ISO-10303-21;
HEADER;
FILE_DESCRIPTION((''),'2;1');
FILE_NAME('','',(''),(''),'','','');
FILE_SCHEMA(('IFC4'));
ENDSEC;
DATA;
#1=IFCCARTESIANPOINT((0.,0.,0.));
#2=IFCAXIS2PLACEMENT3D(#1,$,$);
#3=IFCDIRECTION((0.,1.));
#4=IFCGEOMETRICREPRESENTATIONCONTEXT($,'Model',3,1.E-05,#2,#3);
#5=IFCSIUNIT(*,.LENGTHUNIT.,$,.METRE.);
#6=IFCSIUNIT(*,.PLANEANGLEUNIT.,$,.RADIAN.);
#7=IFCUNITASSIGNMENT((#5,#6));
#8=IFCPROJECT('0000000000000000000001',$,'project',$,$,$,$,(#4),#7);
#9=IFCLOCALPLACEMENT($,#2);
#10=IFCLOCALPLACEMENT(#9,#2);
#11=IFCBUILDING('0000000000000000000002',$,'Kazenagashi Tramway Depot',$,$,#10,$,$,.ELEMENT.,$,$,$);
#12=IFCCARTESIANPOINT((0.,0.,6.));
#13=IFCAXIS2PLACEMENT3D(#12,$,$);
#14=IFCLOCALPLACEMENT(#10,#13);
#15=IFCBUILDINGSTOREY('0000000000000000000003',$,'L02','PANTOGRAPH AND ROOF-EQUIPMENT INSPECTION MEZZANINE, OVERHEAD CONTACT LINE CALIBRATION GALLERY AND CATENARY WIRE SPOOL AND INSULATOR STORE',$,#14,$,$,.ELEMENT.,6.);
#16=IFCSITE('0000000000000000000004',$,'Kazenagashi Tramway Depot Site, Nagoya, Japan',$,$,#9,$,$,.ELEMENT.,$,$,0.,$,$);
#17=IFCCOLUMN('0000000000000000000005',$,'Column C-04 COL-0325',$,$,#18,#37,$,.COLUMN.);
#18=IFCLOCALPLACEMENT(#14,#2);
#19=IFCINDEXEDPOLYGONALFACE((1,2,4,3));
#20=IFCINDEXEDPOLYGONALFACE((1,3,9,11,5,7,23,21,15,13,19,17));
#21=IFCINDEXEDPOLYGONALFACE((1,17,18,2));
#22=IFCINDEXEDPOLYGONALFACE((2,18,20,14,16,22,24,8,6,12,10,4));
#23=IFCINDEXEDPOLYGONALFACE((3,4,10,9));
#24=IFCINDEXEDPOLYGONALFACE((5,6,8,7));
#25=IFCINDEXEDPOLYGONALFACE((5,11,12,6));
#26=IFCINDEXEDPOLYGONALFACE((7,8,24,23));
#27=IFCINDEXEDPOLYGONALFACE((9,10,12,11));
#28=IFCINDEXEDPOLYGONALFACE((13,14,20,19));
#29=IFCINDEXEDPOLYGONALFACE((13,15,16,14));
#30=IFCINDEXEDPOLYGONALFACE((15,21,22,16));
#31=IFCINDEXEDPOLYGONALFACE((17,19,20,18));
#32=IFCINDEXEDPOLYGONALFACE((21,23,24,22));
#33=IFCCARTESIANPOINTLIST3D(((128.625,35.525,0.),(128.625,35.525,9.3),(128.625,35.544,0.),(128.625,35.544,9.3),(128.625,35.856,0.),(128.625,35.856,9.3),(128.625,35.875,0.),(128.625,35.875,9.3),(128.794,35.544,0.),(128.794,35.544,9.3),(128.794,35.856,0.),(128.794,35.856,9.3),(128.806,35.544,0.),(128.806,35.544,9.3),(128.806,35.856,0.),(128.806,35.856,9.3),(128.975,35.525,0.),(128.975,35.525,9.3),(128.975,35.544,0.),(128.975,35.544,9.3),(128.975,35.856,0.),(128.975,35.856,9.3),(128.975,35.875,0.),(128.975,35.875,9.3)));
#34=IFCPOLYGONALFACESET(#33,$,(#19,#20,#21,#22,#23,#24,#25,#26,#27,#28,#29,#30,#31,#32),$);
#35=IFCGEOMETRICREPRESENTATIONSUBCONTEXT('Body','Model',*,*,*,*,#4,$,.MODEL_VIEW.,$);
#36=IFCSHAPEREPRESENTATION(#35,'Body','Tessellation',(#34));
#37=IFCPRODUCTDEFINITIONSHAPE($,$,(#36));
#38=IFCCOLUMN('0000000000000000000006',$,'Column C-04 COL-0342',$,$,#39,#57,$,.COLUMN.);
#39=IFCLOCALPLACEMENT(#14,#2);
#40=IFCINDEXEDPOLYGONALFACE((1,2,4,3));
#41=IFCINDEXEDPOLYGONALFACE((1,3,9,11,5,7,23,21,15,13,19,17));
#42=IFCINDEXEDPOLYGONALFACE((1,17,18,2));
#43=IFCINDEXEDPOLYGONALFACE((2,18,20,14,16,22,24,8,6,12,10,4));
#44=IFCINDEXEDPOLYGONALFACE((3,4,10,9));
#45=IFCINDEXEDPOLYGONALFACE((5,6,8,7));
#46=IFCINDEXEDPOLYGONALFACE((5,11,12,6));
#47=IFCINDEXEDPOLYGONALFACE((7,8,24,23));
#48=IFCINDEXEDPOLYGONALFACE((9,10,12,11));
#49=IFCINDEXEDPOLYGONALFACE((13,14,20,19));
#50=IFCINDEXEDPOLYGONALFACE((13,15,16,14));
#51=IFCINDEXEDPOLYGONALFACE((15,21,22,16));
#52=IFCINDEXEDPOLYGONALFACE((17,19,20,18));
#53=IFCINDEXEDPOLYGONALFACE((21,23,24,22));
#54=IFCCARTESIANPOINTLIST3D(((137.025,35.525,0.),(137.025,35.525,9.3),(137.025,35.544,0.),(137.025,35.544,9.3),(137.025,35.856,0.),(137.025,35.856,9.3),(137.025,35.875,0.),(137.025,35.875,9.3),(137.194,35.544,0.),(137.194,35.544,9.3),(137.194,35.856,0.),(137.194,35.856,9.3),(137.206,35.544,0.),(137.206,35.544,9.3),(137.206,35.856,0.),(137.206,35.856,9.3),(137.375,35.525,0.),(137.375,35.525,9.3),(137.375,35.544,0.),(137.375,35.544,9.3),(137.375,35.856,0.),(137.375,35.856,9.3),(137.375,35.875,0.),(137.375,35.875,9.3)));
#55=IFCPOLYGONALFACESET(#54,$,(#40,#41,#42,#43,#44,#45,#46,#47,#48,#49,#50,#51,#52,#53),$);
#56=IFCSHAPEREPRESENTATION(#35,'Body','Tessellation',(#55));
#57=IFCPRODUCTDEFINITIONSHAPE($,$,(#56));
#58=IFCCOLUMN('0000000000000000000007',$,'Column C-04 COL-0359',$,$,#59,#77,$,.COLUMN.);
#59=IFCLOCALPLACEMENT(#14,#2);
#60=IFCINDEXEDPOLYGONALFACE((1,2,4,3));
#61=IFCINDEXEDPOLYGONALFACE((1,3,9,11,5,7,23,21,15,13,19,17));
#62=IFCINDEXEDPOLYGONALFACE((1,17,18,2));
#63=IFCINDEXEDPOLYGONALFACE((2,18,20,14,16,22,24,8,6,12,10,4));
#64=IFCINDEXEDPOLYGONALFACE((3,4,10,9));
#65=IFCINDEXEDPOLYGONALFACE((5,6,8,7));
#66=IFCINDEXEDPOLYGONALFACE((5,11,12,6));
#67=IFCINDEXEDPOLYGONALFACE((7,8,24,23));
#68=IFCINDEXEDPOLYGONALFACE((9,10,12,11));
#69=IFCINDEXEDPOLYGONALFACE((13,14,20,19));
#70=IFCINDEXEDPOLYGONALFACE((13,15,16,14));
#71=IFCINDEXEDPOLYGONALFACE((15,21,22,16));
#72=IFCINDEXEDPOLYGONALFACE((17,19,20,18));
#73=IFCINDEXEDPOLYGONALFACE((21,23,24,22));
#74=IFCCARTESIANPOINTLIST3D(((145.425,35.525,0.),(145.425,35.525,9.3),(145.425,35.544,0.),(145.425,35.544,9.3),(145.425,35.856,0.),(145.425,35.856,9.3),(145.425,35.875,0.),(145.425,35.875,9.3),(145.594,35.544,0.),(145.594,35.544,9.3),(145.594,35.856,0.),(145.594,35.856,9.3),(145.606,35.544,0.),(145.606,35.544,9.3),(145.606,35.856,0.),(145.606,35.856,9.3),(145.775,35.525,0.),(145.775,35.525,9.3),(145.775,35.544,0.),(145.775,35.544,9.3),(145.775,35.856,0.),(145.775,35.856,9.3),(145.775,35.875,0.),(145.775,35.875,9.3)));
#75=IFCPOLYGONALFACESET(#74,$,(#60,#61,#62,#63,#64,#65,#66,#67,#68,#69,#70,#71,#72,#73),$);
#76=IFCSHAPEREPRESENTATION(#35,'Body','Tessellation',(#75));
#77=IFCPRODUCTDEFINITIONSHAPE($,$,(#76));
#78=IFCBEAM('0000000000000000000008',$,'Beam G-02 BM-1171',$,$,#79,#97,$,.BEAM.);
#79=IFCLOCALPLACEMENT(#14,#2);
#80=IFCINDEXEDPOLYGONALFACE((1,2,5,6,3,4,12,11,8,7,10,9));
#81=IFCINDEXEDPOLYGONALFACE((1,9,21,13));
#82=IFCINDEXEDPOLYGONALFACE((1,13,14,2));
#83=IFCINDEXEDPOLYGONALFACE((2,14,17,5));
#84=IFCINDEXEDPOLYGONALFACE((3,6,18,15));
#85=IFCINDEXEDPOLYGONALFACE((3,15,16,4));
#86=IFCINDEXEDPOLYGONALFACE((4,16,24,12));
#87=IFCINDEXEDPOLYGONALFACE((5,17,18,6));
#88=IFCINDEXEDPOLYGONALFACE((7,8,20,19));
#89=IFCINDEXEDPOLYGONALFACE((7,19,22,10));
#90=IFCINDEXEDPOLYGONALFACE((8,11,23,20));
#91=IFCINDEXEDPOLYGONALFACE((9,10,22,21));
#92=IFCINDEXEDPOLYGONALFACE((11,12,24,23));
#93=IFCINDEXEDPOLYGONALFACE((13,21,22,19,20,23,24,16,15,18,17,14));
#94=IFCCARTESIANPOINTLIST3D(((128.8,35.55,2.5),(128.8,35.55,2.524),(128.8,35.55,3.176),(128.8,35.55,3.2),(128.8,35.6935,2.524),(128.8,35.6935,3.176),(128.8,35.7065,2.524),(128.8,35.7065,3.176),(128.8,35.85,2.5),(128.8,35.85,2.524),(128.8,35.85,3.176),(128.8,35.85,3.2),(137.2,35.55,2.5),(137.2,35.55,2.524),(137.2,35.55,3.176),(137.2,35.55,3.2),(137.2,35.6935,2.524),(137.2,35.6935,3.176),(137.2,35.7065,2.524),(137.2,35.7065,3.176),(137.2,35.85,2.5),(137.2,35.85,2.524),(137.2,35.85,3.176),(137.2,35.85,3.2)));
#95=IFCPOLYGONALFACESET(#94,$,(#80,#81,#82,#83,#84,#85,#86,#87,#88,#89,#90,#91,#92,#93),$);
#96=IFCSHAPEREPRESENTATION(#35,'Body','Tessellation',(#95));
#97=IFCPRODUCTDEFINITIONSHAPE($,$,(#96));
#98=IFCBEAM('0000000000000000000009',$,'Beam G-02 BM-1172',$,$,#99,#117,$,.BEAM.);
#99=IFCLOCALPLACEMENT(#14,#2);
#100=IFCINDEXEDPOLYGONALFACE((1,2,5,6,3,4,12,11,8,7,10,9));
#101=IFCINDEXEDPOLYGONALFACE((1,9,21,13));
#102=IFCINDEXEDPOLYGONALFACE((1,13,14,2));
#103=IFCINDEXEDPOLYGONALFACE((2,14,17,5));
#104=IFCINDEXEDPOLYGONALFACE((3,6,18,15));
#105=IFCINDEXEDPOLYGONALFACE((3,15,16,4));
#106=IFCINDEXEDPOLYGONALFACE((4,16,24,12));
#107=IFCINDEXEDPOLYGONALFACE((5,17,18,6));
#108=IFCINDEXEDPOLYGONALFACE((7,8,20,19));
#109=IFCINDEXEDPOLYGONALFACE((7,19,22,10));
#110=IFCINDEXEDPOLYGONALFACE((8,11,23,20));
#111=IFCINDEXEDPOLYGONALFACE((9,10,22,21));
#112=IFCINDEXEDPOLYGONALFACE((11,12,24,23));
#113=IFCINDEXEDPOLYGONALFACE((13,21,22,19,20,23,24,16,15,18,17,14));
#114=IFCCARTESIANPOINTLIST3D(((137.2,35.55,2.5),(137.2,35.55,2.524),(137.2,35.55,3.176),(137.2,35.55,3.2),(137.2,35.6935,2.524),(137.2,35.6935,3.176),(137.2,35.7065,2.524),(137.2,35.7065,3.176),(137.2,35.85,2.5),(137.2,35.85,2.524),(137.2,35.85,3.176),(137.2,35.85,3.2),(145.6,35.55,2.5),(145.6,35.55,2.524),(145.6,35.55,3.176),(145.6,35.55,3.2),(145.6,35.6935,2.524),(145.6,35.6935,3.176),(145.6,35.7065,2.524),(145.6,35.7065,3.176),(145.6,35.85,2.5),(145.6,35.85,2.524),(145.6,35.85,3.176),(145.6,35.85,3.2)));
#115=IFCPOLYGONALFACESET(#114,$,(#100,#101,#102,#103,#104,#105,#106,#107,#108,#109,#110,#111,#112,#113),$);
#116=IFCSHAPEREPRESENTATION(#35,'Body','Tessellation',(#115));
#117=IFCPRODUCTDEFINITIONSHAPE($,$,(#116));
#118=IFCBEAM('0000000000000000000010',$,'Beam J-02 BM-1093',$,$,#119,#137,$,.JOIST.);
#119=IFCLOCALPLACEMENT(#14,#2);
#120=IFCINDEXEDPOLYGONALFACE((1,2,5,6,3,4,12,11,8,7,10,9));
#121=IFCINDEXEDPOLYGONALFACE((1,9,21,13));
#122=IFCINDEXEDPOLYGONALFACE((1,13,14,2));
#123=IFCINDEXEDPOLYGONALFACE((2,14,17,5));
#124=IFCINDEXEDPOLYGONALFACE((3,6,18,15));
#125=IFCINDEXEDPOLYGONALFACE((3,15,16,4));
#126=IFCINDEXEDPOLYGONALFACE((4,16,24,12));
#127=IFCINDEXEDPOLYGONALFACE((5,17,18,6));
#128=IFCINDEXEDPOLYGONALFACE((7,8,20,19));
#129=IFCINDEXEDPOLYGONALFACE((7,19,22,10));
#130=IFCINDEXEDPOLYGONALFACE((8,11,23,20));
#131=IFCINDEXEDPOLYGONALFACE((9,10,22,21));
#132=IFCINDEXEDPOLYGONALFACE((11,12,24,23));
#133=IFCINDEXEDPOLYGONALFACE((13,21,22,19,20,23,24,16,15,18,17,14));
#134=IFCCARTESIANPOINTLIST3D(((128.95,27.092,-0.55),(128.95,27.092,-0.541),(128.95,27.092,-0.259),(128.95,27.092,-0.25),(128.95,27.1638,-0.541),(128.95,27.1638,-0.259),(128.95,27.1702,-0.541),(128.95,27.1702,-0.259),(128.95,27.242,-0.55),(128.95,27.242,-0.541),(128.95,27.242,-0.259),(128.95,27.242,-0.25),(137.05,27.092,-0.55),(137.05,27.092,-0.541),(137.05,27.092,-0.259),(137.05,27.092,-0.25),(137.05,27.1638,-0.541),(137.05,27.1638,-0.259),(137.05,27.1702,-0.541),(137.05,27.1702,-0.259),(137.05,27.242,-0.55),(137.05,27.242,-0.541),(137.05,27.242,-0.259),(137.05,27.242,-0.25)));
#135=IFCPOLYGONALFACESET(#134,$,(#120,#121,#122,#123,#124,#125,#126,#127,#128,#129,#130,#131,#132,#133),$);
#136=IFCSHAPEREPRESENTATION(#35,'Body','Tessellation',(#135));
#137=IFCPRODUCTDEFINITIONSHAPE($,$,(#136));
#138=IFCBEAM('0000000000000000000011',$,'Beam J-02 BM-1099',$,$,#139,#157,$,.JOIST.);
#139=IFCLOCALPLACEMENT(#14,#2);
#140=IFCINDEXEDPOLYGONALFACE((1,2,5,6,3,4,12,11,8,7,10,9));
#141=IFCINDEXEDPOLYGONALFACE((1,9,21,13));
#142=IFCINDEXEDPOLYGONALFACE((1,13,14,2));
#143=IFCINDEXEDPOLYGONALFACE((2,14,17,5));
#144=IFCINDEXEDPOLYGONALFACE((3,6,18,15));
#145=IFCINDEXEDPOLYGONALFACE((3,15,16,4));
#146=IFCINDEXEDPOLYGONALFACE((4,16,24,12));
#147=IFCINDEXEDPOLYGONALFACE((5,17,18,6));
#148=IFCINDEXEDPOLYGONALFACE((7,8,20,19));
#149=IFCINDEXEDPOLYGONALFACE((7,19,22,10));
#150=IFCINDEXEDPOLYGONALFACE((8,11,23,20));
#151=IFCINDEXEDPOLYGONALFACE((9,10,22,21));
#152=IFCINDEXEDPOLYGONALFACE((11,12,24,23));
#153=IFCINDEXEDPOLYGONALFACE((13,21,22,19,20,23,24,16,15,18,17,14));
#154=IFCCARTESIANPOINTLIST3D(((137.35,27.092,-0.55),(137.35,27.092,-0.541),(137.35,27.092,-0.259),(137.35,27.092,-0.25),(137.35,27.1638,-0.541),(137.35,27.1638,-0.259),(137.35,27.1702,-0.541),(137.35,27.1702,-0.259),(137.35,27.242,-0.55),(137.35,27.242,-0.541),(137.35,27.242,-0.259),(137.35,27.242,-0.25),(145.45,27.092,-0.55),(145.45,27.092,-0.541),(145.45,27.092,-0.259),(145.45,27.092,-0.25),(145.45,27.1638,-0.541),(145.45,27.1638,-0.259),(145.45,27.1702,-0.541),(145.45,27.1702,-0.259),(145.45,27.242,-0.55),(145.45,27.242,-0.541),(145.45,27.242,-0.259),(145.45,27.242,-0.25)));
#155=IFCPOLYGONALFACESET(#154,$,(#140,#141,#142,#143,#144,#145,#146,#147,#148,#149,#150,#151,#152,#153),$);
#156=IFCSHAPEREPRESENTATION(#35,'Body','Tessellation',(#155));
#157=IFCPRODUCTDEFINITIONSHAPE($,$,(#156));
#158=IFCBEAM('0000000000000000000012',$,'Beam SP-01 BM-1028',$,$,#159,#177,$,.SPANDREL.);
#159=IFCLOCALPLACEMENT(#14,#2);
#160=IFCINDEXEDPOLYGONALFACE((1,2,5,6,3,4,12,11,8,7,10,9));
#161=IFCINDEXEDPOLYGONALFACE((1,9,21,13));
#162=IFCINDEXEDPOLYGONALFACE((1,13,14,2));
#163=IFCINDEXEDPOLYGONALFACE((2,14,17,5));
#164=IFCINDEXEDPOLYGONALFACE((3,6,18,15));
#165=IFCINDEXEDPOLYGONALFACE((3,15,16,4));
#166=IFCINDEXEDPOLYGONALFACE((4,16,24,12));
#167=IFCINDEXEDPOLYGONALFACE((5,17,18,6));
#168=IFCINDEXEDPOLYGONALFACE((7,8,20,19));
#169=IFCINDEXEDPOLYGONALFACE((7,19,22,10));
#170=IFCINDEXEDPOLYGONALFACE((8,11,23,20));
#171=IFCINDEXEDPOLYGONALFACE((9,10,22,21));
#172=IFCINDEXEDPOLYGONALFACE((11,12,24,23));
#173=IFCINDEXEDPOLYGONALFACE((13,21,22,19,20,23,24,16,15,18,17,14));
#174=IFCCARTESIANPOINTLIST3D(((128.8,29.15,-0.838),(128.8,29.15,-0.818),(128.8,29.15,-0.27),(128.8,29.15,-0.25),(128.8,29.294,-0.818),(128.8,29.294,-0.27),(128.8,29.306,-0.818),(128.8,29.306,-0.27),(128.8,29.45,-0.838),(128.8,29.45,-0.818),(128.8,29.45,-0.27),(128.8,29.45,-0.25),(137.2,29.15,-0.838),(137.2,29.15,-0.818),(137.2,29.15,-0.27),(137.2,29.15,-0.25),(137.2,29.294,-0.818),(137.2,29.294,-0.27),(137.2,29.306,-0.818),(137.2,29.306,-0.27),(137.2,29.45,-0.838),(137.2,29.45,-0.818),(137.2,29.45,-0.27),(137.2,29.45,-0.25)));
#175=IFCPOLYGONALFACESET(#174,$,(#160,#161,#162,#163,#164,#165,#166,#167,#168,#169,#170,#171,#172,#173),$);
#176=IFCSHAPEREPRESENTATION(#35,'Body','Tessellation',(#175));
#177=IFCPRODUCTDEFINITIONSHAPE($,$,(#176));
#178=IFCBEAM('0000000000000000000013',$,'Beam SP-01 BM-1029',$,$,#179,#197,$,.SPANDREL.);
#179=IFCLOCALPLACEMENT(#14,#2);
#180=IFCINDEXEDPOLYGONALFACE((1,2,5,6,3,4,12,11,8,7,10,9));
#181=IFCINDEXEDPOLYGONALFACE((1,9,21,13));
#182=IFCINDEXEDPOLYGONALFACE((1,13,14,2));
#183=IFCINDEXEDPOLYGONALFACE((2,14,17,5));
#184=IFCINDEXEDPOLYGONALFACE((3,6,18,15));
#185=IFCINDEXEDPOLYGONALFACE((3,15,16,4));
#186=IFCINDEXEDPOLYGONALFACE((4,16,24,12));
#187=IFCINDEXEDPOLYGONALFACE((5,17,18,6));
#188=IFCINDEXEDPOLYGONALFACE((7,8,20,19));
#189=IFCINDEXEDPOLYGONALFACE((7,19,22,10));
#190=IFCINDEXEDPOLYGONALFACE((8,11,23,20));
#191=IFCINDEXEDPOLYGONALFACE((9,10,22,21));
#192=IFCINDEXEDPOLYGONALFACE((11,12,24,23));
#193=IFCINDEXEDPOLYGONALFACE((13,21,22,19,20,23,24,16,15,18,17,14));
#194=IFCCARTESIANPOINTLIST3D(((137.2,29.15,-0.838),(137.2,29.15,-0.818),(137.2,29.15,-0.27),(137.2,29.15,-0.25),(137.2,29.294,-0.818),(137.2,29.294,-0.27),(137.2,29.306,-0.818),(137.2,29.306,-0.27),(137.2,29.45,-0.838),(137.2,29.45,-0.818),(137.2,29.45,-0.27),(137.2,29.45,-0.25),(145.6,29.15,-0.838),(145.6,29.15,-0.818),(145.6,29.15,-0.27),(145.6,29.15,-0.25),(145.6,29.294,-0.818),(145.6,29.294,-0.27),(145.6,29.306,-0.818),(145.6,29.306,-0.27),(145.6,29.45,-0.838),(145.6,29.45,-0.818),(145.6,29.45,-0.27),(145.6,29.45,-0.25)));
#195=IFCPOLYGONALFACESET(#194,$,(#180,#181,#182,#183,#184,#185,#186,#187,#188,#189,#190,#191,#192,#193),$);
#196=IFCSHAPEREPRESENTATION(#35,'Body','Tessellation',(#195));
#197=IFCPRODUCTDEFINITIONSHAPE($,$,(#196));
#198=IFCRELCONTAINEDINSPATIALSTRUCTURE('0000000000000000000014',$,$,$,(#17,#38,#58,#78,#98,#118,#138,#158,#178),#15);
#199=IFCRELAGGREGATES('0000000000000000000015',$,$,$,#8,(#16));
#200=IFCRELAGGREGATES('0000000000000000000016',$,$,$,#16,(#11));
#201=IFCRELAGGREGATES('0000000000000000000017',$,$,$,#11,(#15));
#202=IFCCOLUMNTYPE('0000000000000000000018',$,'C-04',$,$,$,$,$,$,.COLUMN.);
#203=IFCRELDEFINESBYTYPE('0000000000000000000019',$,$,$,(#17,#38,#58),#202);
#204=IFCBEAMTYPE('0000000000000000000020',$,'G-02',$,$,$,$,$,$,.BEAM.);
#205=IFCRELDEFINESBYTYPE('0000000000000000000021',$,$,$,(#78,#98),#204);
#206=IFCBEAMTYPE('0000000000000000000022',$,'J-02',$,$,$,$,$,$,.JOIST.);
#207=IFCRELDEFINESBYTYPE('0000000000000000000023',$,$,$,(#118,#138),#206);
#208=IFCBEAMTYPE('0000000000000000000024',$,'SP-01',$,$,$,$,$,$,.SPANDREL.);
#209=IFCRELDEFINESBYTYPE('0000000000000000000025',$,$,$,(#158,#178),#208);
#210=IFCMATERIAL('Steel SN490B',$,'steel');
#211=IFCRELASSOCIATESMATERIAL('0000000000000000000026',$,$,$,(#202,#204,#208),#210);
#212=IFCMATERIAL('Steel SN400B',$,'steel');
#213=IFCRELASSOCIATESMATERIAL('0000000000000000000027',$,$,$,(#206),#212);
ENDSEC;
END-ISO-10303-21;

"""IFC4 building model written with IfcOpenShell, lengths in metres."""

from ifc_helpers import new_model, si_unit, direction, frame, origin, origin_2d, place, context, subcontext, project, spatial, i_section, extrude, material, material_profile, profile_set, type_object, element, save


model = new_model("IFC4")

# Units and contexts
model_context = context("Model", 3, precision=1e-05, world=origin(), true_north=direction((0.0, 1.0)))
body_context = subcontext(model_context, "Body", "Model", "MODEL_VIEW")
ifc_project = project(units=[si_unit("LENGTHUNIT", "METRE"), si_unit("PLANEANGLEUNIT", "RADIAN")], contexts=[model_context])

# Site, building, storey
site_placement = place(None, origin())
site = spatial("IfcSite", under=ifc_project, at=site_placement, Name="Kazenagashi Tramway Depot Site, Nagoya, Japan", CompositionType="ELEMENT", RefElevation=0.0)
building_placement = place(site_placement, origin())
building = spatial("IfcBuilding", under=site, at=building_placement, Name="Kazenagashi Tramway Depot", CompositionType="ELEMENT")
storey_placement = place(building_placement, frame((0.0, 0.0, 6.0)))
storey = spatial("IfcBuildingStorey", under=building, at=storey_placement, Name="L02", Description="PANTOGRAPH AND ROOF-EQUIPMENT INSPECTION MEZZANINE, OVERHEAD CONTACT LINE CALIBRATION GALLERY AND CATENARY WIRE SPOOL AND INSULATOR STORE", CompositionType="ELEMENT", Elevation=6.0)

# Columns
ifc_material_1 = material(Name="Steel SN490B", Category="steel")
ifc_material_profile_1 = material_profile(ifc_material_1, i_section(OverallWidth=0.35, OverallDepth=0.35, WebThickness=0.012, FlangeThickness=0.019, at=origin_2d()), Name="H-350x350x12x19")
ifc_profile_set_1 = profile_set([ifc_material_profile_1], Name="Steel SN490B")
column_type = type_object("IfcColumnType", Name="C-04", PredefinedType="COLUMN", material=ifc_profile_set_1)
for number, where, z_axis, x_axis, name in (
    (1, (128.8, 35.7, 0.0), (0.0, 0.0, 1.0), (1.0, 0.0, 0.0), "Column C-04 COL-0325"),
    (2, (137.2, 35.7, 0.0), (0.0, 0.0, 1.0), (1.0, 0.0, 0.0), "Column C-04 COL-0342"),
    (3, (145.6, 35.7, 0.0), (0.0, 0.0, 1.0), (1.0, 0.0, 0.0), "Column C-04 COL-0359"),
):
    element("IfcColumn", number, at=place(storey_placement, frame(where, z_axis=z_axis, x_axis=x_axis)), inside=storey, type_object=column_type, Name=name, PredefinedType="COLUMN", context=body_context, shape_type="SweptSolid", body=[
        extrude(i_section(OverallWidth=0.35, OverallDepth=0.35, WebThickness=0.012, FlangeThickness=0.019, at=origin_2d()), origin(), (0.0, 0.0, 1.0), 9.3),
    ])

# Beams
ifc_material_profile_2 = material_profile(ifc_material_1, i_section(OverallWidth=0.3, OverallDepth=0.7, WebThickness=0.013, FlangeThickness=0.024, at=origin_2d()), Name="H-700x300x13x24")
ifc_profile_set_2 = profile_set([ifc_material_profile_2], Name="Steel SN490B")
beam_type_1 = type_object("IfcBeamType", Name="G-02", PredefinedType="BEAM", material=ifc_profile_set_2)
for number, where, z_axis, x_axis, name in (
    (4, (128.8, 35.7, 2.85), (1.0, 0.0, 0.0), (0.0, 1.0, 0.0), "Beam G-02 BM-1171"),
    (5, (137.2, 35.7, 2.85), (1.0, 0.0, 0.0), (0.0, 1.0, 0.0), "Beam G-02 BM-1172"),
):
    element("IfcBeam", number, at=place(storey_placement, frame(where, z_axis=z_axis, x_axis=x_axis)), inside=storey, type_object=beam_type_1, Name=name, PredefinedType="BEAM", context=body_context, shape_type="SweptSolid", body=[
        extrude(i_section(OverallWidth=0.3, OverallDepth=0.7, WebThickness=0.013, FlangeThickness=0.024, at=origin_2d()), origin(), (0.0, 0.0, 1.0), 8.4),
    ])
ifc_material_2 = material(Name="Steel SN400B", Category="steel")
ifc_material_profile_3 = material_profile(ifc_material_2, i_section(OverallWidth=0.15, OverallDepth=0.3, WebThickness=0.0065, FlangeThickness=0.009, at=origin_2d()), Name="H-300x150x6.5x9")
ifc_profile_set_3 = profile_set([ifc_material_profile_3], Name="Steel SN400B")
beam_type_2 = type_object("IfcBeamType", Name="J-02", PredefinedType="JOIST", material=ifc_profile_set_3)
for number, where, z_axis, x_axis, name in (
    (6, (128.95, 27.167, -0.4), (1.0, 0.0, 0.0), (0.0, 1.0, 0.0), "Beam J-02 BM-1093"),
    (7, (137.35, 27.167, -0.4), (1.0, 0.0, 0.0), (0.0, 1.0, 0.0), "Beam J-02 BM-1099"),
):
    element("IfcBeam", number, at=place(storey_placement, frame(where, z_axis=z_axis, x_axis=x_axis)), inside=storey, type_object=beam_type_2, Name=name, PredefinedType="JOIST", context=body_context, shape_type="SweptSolid", body=[
        extrude(i_section(OverallWidth=0.15, OverallDepth=0.3, WebThickness=0.0065, FlangeThickness=0.009, at=origin_2d()), origin(), (0.0, 0.0, 1.0), 8.1),
    ])
ifc_material_profile_4 = material_profile(ifc_material_1, i_section(OverallWidth=0.3, OverallDepth=0.588, WebThickness=0.012, FlangeThickness=0.02, at=origin_2d()), Name="H-588x300x12x20")
ifc_profile_set_4 = profile_set([ifc_material_profile_4], Name="Steel SN490B")
beam_type_3 = type_object("IfcBeamType", Name="SP-01", PredefinedType="SPANDREL", material=ifc_profile_set_4)
for number, where, z_axis, x_axis, name in (
    (8, (128.8, 29.3, -0.544), (1.0, 0.0, 0.0), (0.0, 1.0, 0.0), "Beam SP-01 BM-1028"),
    (9, (137.2, 29.3, -0.544), (1.0, 0.0, 0.0), (0.0, 1.0, 0.0), "Beam SP-01 BM-1029"),
):
    element("IfcBeam", number, at=place(storey_placement, frame(where, z_axis=z_axis, x_axis=x_axis)), inside=storey, type_object=beam_type_3, Name=name, PredefinedType="SPANDREL", context=body_context, shape_type="SweptSolid", body=[
        extrude(i_section(OverallWidth=0.3, OverallDepth=0.588, WebThickness=0.012, FlangeThickness=0.02, at=origin_2d()), origin(), (0.0, 0.0, 1.0), 8.4),
    ])

save(model, "model.ifc")
